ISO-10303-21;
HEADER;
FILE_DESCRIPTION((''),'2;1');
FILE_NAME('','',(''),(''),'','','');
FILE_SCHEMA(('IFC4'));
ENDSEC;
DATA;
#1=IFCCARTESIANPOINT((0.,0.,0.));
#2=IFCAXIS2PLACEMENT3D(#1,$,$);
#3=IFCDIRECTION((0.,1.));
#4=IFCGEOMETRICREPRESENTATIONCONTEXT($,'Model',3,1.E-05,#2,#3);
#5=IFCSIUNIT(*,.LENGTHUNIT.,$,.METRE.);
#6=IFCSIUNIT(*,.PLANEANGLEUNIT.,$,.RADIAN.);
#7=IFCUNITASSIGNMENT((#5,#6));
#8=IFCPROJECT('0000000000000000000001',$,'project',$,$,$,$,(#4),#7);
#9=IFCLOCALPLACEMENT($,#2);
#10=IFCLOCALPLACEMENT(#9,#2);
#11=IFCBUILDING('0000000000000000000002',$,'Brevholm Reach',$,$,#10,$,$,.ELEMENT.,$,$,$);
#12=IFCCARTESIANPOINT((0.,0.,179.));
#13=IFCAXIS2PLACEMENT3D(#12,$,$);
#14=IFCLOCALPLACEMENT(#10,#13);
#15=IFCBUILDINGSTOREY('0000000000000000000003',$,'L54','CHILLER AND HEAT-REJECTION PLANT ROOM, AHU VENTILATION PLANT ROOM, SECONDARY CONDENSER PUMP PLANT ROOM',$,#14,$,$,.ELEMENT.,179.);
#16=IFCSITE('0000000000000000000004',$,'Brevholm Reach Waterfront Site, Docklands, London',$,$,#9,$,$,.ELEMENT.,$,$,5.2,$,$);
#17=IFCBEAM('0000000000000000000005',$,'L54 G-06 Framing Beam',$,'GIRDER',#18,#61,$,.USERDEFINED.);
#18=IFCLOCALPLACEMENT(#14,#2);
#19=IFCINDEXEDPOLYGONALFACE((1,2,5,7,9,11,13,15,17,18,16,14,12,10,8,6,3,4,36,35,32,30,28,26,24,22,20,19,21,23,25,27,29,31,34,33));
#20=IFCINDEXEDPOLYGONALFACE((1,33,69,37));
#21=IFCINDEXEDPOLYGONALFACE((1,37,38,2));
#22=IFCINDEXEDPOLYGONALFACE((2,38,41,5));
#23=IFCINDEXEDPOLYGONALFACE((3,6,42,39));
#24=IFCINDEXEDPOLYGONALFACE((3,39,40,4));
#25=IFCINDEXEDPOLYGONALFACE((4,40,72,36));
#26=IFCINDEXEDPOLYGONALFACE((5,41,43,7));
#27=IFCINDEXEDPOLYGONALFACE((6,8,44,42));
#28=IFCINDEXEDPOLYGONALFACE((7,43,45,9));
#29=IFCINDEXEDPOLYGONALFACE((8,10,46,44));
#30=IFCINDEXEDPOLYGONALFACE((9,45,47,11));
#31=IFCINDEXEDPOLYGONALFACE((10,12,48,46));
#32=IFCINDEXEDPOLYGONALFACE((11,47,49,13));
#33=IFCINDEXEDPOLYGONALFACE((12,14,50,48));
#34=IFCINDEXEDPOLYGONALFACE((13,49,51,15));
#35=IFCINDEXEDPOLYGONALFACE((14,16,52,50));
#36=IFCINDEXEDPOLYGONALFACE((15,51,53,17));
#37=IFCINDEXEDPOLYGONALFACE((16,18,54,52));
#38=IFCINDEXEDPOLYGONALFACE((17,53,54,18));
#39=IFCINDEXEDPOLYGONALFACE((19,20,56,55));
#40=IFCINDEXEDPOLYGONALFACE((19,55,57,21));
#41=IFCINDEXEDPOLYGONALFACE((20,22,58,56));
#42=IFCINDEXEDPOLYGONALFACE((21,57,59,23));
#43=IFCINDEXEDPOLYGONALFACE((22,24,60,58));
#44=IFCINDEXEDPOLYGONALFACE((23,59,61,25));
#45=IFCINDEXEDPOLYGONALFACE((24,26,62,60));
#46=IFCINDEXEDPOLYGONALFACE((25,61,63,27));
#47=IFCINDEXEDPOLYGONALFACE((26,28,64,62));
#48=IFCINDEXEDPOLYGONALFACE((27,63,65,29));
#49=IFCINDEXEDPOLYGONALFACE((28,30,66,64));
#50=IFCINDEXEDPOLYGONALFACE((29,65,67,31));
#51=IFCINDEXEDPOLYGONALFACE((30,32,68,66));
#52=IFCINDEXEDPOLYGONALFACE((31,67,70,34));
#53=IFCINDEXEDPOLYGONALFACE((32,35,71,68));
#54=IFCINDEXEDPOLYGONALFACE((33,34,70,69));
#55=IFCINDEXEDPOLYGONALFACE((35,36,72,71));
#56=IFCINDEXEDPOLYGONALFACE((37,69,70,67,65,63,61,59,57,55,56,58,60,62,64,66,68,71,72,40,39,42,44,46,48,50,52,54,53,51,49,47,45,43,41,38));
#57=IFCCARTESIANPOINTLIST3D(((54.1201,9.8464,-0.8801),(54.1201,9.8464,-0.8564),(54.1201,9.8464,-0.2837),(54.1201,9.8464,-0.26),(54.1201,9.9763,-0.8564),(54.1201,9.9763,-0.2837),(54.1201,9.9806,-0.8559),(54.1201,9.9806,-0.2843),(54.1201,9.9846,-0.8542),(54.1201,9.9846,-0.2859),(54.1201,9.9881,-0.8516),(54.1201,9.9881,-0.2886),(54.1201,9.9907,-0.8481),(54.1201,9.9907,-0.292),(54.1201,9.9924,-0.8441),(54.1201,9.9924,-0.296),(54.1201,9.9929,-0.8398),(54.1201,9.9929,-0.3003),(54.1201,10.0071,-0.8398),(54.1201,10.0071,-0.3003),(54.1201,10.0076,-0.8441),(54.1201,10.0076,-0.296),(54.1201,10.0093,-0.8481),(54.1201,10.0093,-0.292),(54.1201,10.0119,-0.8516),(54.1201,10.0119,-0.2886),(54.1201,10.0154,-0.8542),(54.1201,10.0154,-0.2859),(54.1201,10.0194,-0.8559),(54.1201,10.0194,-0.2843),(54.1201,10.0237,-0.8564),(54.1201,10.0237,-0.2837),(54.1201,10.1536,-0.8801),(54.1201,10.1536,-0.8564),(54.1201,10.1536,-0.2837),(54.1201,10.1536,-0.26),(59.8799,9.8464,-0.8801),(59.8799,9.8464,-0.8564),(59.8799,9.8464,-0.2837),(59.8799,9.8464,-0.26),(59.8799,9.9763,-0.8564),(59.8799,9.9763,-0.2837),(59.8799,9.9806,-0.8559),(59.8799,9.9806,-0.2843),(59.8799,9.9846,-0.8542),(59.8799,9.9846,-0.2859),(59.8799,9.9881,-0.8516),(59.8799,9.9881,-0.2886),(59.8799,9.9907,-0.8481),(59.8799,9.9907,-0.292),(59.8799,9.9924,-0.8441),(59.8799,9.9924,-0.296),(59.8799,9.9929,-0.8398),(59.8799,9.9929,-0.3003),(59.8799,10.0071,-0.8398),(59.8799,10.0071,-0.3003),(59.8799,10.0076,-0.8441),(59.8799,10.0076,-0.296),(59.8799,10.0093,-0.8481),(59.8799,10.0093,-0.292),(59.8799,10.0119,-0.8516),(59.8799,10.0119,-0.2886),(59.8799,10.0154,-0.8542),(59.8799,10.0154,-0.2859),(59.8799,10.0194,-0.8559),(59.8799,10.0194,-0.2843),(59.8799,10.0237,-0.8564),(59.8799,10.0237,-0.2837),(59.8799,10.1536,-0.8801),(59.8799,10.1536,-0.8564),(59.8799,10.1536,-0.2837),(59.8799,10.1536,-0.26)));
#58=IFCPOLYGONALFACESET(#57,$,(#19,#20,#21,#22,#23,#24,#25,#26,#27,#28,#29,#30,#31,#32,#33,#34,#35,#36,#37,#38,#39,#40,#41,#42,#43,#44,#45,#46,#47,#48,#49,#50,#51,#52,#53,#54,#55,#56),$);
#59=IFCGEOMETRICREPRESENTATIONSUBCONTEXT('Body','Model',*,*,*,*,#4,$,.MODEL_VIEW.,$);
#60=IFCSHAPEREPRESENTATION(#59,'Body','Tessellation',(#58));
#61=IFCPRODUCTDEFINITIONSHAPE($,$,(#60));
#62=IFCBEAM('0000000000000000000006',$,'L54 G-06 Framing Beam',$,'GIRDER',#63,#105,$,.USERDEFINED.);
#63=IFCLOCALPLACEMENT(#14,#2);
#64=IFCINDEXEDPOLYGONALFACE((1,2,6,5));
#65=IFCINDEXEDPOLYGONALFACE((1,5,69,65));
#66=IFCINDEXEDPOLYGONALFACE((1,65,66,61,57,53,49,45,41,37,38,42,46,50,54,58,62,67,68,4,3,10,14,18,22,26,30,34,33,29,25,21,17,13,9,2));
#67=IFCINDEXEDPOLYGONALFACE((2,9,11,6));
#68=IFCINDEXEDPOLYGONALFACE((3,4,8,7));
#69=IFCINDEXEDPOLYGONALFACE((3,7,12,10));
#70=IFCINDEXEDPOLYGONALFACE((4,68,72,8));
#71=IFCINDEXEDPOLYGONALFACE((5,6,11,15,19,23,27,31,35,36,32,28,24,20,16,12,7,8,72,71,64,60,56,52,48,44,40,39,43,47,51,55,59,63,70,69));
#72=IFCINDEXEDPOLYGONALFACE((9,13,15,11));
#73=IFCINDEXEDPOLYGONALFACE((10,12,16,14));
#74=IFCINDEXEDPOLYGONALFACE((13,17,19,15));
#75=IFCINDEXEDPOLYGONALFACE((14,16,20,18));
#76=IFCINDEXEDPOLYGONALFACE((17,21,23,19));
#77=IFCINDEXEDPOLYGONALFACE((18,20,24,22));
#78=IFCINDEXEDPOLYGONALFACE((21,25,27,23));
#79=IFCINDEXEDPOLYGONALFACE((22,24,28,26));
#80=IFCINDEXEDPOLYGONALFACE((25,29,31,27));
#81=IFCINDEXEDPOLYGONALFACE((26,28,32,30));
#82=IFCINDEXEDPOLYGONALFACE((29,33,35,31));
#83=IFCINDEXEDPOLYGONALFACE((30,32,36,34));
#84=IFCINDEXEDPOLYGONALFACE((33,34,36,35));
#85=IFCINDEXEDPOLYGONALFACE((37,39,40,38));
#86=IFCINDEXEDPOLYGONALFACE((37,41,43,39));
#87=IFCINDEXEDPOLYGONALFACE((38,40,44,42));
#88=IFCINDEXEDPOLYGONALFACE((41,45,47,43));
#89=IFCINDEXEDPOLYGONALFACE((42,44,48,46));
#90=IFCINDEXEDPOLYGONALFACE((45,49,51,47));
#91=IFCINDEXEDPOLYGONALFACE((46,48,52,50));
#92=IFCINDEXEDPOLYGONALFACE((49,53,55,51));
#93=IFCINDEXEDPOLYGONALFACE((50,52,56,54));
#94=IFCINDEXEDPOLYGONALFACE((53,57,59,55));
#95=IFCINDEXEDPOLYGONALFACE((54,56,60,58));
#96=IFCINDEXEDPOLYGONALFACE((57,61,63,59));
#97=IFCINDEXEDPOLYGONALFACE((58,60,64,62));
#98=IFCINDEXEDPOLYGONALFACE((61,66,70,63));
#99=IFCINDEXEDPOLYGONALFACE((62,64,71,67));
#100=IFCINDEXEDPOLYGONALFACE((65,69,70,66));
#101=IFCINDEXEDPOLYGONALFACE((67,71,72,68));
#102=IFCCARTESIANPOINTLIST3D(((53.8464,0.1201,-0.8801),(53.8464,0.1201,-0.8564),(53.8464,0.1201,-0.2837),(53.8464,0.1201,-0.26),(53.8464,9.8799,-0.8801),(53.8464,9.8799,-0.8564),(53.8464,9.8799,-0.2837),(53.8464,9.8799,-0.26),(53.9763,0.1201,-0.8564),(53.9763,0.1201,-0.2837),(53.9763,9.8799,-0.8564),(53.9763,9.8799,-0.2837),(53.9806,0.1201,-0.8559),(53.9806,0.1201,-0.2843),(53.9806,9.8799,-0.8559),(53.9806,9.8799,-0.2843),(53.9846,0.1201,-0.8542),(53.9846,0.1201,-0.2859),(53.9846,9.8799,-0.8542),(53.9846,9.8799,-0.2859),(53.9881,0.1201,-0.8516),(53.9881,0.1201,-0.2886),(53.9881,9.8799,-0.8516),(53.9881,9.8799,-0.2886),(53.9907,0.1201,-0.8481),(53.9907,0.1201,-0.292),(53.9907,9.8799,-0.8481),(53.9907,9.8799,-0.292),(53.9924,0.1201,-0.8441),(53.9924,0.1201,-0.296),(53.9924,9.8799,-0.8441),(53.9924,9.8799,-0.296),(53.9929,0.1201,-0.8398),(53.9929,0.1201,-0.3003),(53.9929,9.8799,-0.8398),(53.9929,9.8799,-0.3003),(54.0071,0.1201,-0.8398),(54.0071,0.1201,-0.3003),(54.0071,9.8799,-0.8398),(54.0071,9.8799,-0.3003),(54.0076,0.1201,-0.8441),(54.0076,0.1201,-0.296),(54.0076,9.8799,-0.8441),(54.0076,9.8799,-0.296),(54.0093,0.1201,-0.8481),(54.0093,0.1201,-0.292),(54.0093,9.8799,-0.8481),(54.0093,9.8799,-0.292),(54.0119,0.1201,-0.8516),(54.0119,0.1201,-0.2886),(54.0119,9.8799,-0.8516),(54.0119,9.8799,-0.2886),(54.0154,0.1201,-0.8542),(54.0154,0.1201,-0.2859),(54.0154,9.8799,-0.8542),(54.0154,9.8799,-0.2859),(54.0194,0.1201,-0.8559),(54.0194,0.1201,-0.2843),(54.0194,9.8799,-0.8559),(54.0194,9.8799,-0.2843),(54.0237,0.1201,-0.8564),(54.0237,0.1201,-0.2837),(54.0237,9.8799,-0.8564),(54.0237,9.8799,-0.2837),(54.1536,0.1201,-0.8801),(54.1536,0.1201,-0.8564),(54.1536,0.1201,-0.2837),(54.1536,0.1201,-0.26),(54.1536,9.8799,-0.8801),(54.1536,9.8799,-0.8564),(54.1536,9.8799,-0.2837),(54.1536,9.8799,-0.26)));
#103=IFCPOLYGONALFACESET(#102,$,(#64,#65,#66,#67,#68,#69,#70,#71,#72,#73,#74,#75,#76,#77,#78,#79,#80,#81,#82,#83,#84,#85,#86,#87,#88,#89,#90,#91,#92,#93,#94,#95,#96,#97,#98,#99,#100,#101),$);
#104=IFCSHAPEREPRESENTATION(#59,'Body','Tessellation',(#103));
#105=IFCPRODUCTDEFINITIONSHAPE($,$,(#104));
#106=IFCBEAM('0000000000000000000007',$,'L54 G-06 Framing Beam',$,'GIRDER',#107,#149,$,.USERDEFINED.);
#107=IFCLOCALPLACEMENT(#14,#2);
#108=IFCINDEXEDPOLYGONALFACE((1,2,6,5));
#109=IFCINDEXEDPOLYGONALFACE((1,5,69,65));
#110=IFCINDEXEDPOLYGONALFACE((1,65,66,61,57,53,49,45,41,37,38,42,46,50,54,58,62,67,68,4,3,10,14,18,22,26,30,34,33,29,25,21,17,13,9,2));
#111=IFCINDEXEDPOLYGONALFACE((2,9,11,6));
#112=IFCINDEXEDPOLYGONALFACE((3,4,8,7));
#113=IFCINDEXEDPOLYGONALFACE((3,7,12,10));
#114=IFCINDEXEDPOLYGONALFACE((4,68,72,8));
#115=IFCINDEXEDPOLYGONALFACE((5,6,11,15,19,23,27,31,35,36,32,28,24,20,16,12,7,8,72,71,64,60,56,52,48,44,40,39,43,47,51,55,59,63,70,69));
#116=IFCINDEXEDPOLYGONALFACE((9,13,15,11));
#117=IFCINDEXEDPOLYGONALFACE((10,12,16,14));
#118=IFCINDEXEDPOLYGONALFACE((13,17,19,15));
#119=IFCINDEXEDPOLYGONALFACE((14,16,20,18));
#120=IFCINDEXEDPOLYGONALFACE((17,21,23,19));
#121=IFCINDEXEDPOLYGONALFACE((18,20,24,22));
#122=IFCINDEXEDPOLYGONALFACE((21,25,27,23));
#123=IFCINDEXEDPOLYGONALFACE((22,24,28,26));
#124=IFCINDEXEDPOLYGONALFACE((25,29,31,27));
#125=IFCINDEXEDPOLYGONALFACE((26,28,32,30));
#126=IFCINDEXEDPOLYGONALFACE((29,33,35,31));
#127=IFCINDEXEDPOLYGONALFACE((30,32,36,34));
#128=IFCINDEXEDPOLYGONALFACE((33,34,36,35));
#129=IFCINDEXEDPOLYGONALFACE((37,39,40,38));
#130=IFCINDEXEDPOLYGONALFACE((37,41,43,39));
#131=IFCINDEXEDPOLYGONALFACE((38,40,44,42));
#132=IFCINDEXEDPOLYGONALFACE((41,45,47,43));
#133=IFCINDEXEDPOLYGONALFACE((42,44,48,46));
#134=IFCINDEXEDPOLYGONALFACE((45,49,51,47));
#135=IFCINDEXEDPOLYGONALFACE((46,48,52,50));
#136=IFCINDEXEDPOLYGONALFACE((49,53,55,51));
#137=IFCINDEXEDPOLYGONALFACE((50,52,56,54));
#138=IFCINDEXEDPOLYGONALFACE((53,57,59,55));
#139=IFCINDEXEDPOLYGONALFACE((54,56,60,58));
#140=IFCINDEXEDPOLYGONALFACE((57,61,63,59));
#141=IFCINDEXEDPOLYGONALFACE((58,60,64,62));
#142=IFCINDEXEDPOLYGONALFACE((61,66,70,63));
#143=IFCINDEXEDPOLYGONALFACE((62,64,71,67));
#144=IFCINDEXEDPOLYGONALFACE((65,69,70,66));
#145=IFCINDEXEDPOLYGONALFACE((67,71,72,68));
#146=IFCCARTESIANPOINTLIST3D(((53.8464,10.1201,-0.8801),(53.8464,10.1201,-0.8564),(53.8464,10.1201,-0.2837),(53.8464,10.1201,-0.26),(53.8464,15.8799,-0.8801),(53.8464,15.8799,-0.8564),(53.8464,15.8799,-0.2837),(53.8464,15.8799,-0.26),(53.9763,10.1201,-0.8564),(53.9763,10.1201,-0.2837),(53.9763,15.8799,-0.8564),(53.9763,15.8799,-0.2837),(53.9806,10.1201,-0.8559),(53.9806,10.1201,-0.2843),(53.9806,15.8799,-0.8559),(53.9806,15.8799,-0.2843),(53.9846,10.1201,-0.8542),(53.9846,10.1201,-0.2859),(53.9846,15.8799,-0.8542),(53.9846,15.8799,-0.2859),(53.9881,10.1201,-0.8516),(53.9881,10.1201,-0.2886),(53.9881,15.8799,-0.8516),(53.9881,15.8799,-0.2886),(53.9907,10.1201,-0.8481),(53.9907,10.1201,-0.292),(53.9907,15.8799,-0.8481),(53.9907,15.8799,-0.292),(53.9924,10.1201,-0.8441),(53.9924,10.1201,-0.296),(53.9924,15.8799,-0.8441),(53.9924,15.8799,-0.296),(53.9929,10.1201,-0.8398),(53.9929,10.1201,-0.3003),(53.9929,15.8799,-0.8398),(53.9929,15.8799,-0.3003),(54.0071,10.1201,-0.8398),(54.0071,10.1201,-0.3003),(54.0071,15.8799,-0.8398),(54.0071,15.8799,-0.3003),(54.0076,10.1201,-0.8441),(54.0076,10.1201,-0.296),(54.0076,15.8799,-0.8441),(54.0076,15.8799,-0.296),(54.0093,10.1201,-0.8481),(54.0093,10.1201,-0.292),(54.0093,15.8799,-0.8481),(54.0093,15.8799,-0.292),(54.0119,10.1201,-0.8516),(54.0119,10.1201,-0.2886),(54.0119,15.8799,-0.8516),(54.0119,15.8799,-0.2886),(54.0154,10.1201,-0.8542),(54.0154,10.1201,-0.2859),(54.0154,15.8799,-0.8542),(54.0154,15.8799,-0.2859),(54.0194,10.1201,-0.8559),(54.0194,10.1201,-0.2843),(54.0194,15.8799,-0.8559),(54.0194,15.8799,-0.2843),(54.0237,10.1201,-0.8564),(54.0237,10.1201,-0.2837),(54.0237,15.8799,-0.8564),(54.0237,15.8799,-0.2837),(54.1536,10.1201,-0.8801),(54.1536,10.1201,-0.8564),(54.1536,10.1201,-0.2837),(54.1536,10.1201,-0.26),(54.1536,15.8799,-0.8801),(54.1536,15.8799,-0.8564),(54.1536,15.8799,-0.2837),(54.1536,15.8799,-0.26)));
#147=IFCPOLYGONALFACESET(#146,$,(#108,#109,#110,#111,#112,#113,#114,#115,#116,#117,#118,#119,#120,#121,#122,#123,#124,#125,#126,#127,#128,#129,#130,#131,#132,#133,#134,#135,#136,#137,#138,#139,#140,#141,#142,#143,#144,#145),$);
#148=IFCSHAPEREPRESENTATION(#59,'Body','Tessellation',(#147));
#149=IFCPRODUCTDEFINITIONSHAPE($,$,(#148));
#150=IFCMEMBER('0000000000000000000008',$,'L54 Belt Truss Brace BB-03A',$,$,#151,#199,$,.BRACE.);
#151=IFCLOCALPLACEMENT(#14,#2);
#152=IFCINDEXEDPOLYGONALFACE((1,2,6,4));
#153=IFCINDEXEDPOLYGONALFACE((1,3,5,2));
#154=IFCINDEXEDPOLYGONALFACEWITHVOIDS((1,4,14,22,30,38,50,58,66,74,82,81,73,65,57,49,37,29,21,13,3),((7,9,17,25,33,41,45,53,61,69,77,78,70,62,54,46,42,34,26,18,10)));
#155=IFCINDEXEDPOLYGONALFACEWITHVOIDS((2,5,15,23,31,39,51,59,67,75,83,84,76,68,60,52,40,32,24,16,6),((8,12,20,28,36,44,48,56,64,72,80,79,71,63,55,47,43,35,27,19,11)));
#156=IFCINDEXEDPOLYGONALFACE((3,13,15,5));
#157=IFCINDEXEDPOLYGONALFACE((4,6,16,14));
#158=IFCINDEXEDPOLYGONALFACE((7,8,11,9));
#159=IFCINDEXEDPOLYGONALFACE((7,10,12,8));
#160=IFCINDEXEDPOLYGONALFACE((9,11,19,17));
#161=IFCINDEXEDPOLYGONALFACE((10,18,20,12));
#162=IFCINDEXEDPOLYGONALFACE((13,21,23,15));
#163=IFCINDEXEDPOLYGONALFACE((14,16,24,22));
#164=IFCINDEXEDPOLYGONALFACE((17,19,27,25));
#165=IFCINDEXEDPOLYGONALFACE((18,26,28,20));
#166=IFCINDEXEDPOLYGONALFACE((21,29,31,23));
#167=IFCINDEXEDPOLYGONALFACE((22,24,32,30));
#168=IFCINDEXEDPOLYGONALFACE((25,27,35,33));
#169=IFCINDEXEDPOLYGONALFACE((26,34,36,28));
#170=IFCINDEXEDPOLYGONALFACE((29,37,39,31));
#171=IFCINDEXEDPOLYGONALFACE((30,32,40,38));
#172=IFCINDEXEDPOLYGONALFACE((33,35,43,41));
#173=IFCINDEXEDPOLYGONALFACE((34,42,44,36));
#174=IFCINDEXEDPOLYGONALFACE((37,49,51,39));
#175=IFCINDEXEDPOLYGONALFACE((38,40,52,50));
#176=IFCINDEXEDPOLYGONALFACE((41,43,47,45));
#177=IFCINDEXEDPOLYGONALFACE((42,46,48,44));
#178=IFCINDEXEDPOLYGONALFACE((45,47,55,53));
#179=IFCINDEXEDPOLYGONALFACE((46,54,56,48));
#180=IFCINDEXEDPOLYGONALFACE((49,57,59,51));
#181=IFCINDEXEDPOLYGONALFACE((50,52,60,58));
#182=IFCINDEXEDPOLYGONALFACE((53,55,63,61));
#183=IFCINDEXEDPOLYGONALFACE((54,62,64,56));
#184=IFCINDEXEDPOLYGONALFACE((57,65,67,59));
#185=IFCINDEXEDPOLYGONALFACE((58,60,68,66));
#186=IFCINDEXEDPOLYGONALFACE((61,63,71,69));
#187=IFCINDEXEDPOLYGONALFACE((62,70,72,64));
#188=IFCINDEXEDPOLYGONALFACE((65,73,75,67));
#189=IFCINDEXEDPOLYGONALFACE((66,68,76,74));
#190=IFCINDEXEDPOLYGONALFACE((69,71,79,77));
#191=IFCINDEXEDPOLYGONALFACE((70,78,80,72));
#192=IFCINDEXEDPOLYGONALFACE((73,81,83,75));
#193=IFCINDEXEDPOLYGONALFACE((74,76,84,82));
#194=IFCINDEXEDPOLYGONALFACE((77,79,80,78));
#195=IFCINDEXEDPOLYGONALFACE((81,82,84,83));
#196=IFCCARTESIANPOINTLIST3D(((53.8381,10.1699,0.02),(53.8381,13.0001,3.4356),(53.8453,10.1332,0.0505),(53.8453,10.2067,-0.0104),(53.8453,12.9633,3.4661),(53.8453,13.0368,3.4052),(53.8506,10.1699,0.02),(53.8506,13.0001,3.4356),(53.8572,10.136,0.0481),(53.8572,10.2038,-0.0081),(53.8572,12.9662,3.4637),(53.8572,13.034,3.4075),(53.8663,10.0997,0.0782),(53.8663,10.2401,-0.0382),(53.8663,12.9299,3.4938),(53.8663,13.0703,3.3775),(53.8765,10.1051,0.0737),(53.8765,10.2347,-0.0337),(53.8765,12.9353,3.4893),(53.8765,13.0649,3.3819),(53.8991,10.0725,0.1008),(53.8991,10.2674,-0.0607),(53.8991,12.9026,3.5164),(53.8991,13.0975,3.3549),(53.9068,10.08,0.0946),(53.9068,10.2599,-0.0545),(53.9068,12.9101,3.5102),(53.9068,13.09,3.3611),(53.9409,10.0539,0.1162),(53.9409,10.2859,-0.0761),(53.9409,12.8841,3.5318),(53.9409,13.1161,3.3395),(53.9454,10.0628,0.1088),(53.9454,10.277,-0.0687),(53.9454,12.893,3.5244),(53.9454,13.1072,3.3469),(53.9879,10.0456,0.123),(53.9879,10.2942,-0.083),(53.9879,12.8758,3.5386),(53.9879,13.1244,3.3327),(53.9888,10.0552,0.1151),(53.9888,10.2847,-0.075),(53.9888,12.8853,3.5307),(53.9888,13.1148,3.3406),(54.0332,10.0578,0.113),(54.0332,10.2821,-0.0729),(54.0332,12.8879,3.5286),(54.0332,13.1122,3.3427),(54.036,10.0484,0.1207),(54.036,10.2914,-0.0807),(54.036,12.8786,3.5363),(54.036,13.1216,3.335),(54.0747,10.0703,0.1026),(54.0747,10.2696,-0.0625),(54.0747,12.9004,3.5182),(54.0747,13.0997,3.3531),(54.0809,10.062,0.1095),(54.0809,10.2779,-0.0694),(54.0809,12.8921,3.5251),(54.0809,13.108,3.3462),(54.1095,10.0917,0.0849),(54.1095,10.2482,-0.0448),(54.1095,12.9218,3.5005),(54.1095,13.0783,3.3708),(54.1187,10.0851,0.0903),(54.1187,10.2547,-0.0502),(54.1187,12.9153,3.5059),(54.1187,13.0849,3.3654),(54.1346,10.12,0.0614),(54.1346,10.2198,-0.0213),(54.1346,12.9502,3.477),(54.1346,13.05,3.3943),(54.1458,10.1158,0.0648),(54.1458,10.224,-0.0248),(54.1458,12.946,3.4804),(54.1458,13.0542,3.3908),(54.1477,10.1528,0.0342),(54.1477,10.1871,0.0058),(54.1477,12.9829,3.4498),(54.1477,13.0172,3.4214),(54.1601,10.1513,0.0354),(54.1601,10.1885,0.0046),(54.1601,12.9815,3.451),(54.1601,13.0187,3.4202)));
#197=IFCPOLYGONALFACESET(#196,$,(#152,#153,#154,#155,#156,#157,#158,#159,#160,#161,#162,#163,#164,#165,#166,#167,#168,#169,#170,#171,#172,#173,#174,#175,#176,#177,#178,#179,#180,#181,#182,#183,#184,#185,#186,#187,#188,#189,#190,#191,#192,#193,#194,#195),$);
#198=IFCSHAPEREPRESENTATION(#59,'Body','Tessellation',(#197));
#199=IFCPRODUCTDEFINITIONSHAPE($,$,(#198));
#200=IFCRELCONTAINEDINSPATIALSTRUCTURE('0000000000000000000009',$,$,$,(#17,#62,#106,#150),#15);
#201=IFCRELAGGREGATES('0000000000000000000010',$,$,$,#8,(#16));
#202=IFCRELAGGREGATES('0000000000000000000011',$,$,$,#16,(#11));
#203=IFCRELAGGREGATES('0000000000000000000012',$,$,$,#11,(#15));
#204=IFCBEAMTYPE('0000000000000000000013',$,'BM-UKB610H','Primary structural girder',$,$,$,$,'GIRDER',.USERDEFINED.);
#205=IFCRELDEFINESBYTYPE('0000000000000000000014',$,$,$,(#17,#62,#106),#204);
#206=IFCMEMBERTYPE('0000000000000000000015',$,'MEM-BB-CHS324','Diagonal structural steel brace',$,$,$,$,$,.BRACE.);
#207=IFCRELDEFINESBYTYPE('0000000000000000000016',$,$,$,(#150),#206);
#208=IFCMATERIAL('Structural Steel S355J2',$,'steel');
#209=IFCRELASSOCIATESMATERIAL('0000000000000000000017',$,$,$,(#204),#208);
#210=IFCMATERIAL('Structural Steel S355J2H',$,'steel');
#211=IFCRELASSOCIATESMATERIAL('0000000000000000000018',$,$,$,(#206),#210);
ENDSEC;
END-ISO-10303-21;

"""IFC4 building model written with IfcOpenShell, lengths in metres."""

from ifc_helpers import new_model, si_unit, direction, frame, origin, origin_2d, place, context, subcontext, project, spatial, hollow_circle, i_section, extrude, material, material_profile, profile_set, type_object, element, save


model = new_model("IFC4")

# Units and contexts
model_context = context("Model", 3, precision=1e-05, world=origin(), true_north=direction((0.0, 1.0)))
body_context = subcontext(model_context, "Body", "Model", "MODEL_VIEW")
ifc_project = project(units=[si_unit("LENGTHUNIT", "METRE"), si_unit("PLANEANGLEUNIT", "RADIAN")], contexts=[model_context])

# Site, building, storey
site_placement = place(None, origin())
site = spatial("IfcSite", under=ifc_project, at=site_placement, Name="Brevholm Reach Waterfront Site, Docklands, London", CompositionType="ELEMENT", RefElevation=5.2)
building_placement = place(site_placement, origin())
building = spatial("IfcBuilding", under=site, at=building_placement, Name="Brevholm Reach", CompositionType="ELEMENT")
storey_placement = place(building_placement, frame((0.0, 0.0, 179.0)))
storey = spatial("IfcBuildingStorey", under=building, at=storey_placement, Name="L54", Description="CHILLER AND HEAT-REJECTION PLANT ROOM, AHU VENTILATION PLANT ROOM, SECONDARY CONDENSER PUMP PLANT ROOM", CompositionType="ELEMENT", Elevation=179.0)

# Beams
ifc_material_1 = material(Name="Structural Steel S355J2", Category="steel")
ifc_material_profile_1 = material_profile(ifc_material_1, i_section(OverallWidth=0.3071, OverallDepth=0.6201, WebThickness=0.0142, FlangeThickness=0.0237, FilletRadius=0.0166, at=origin_2d()), Name="UKB 610x305x179")
ifc_profile_set_1 = profile_set([ifc_material_profile_1], Name="Structural Steel S355J2")
beam_type_1 = type_object("IfcBeamType", Name="BM-UKB610H", Description="Primary structural girder", ElementType="GIRDER", PredefinedType="USERDEFINED", material=ifc_profile_set_1)
for number, where, z_axis, x_axis, name in (
    (1, (54.1201, 10.0, -0.5701), (1.0, 0.0, 0.0), (0.0, 1.0, 0.0), "L54 G-06 Framing Beam"),
):
    element("IfcBeam", number, at=place(storey_placement, frame(where, z_axis=z_axis, x_axis=x_axis)), inside=storey, type_object=beam_type_1, Name=name, ObjectType="GIRDER", PredefinedType="USERDEFINED", context=body_context, shape_type="SweptSolid", body=[
        extrude(i_section(OverallWidth=0.3071, OverallDepth=0.6201, WebThickness=0.0142, FlangeThickness=0.0237, FilletRadius=0.0166, at=origin_2d()), origin(), (0.0, 0.0, 1.0), 5.7598),
    ])
beam_1_placement = place(storey_placement, frame((54.0, 0.1201, -0.5701), z_axis=(0.0, 1.0, 0.0), x_axis=(-1.0, 0.0, 0.0)))
element("IfcBeam", 2, at=beam_1_placement, inside=storey, type_object=beam_type_1, Name="L54 G-06 Framing Beam", ObjectType="GIRDER", PredefinedType="USERDEFINED", context=body_context, shape_type="SweptSolid", body=[
    extrude(i_section(OverallWidth=0.3071, OverallDepth=0.6201, WebThickness=0.0142, FlangeThickness=0.0237, FilletRadius=0.0166, at=origin_2d()), origin(), (0.0, 0.0, 1.0), 9.7598),
])
beam_2_placement = place(storey_placement, frame((54.0, 10.1201, -0.5701), z_axis=(0.0, 1.0, 0.0), x_axis=(-1.0, 0.0, 0.0)))
element("IfcBeam", 3, at=beam_2_placement, inside=storey, type_object=beam_type_1, Name="L54 G-06 Framing Beam", ObjectType="GIRDER", PredefinedType="USERDEFINED", context=body_context, shape_type="SweptSolid", body=[
    extrude(i_section(OverallWidth=0.3071, OverallDepth=0.6201, WebThickness=0.0142, FlangeThickness=0.0237, FilletRadius=0.0166, at=origin_2d()), origin(), (0.0, 0.0, 1.0), 5.7598),
])

# Member
ifc_material_2 = material(Name="Structural Steel S355J2H", Category="steel")
ifc_material_profile_2 = material_profile(ifc_material_2, hollow_circle(Radius=0.1619, WallThickness=0.0125, at=origin_2d()), Name="CHS 323.9x12.5")
ifc_profile_set_2 = profile_set([ifc_material_profile_2], Name="Structural Steel S355J2H")
member_type = type_object("IfcMemberType", Name="MEM-BB-CHS324", Description="Diagonal structural steel brace", PredefinedType="BRACE", material=ifc_profile_set_2)
member_placement = place(storey_placement, frame((54.0, 10.1699, 0.02), z_axis=(0.0, 0.638027, 0.770014), x_axis=(-1.0, 0.0, 0.0)))
element("IfcMember", 4, at=member_placement, inside=storey, type_object=member_type, Name="L54 Belt Truss Brace BB-03A", PredefinedType="BRACE", context=body_context, shape_type="SweptSolid", body=[
    extrude(hollow_circle(Radius=0.1619, WallThickness=0.0125, at=origin_2d()), origin(), (0.0, 0.0, 1.0), 4.4358),
])

save(model, "model.ifc")
